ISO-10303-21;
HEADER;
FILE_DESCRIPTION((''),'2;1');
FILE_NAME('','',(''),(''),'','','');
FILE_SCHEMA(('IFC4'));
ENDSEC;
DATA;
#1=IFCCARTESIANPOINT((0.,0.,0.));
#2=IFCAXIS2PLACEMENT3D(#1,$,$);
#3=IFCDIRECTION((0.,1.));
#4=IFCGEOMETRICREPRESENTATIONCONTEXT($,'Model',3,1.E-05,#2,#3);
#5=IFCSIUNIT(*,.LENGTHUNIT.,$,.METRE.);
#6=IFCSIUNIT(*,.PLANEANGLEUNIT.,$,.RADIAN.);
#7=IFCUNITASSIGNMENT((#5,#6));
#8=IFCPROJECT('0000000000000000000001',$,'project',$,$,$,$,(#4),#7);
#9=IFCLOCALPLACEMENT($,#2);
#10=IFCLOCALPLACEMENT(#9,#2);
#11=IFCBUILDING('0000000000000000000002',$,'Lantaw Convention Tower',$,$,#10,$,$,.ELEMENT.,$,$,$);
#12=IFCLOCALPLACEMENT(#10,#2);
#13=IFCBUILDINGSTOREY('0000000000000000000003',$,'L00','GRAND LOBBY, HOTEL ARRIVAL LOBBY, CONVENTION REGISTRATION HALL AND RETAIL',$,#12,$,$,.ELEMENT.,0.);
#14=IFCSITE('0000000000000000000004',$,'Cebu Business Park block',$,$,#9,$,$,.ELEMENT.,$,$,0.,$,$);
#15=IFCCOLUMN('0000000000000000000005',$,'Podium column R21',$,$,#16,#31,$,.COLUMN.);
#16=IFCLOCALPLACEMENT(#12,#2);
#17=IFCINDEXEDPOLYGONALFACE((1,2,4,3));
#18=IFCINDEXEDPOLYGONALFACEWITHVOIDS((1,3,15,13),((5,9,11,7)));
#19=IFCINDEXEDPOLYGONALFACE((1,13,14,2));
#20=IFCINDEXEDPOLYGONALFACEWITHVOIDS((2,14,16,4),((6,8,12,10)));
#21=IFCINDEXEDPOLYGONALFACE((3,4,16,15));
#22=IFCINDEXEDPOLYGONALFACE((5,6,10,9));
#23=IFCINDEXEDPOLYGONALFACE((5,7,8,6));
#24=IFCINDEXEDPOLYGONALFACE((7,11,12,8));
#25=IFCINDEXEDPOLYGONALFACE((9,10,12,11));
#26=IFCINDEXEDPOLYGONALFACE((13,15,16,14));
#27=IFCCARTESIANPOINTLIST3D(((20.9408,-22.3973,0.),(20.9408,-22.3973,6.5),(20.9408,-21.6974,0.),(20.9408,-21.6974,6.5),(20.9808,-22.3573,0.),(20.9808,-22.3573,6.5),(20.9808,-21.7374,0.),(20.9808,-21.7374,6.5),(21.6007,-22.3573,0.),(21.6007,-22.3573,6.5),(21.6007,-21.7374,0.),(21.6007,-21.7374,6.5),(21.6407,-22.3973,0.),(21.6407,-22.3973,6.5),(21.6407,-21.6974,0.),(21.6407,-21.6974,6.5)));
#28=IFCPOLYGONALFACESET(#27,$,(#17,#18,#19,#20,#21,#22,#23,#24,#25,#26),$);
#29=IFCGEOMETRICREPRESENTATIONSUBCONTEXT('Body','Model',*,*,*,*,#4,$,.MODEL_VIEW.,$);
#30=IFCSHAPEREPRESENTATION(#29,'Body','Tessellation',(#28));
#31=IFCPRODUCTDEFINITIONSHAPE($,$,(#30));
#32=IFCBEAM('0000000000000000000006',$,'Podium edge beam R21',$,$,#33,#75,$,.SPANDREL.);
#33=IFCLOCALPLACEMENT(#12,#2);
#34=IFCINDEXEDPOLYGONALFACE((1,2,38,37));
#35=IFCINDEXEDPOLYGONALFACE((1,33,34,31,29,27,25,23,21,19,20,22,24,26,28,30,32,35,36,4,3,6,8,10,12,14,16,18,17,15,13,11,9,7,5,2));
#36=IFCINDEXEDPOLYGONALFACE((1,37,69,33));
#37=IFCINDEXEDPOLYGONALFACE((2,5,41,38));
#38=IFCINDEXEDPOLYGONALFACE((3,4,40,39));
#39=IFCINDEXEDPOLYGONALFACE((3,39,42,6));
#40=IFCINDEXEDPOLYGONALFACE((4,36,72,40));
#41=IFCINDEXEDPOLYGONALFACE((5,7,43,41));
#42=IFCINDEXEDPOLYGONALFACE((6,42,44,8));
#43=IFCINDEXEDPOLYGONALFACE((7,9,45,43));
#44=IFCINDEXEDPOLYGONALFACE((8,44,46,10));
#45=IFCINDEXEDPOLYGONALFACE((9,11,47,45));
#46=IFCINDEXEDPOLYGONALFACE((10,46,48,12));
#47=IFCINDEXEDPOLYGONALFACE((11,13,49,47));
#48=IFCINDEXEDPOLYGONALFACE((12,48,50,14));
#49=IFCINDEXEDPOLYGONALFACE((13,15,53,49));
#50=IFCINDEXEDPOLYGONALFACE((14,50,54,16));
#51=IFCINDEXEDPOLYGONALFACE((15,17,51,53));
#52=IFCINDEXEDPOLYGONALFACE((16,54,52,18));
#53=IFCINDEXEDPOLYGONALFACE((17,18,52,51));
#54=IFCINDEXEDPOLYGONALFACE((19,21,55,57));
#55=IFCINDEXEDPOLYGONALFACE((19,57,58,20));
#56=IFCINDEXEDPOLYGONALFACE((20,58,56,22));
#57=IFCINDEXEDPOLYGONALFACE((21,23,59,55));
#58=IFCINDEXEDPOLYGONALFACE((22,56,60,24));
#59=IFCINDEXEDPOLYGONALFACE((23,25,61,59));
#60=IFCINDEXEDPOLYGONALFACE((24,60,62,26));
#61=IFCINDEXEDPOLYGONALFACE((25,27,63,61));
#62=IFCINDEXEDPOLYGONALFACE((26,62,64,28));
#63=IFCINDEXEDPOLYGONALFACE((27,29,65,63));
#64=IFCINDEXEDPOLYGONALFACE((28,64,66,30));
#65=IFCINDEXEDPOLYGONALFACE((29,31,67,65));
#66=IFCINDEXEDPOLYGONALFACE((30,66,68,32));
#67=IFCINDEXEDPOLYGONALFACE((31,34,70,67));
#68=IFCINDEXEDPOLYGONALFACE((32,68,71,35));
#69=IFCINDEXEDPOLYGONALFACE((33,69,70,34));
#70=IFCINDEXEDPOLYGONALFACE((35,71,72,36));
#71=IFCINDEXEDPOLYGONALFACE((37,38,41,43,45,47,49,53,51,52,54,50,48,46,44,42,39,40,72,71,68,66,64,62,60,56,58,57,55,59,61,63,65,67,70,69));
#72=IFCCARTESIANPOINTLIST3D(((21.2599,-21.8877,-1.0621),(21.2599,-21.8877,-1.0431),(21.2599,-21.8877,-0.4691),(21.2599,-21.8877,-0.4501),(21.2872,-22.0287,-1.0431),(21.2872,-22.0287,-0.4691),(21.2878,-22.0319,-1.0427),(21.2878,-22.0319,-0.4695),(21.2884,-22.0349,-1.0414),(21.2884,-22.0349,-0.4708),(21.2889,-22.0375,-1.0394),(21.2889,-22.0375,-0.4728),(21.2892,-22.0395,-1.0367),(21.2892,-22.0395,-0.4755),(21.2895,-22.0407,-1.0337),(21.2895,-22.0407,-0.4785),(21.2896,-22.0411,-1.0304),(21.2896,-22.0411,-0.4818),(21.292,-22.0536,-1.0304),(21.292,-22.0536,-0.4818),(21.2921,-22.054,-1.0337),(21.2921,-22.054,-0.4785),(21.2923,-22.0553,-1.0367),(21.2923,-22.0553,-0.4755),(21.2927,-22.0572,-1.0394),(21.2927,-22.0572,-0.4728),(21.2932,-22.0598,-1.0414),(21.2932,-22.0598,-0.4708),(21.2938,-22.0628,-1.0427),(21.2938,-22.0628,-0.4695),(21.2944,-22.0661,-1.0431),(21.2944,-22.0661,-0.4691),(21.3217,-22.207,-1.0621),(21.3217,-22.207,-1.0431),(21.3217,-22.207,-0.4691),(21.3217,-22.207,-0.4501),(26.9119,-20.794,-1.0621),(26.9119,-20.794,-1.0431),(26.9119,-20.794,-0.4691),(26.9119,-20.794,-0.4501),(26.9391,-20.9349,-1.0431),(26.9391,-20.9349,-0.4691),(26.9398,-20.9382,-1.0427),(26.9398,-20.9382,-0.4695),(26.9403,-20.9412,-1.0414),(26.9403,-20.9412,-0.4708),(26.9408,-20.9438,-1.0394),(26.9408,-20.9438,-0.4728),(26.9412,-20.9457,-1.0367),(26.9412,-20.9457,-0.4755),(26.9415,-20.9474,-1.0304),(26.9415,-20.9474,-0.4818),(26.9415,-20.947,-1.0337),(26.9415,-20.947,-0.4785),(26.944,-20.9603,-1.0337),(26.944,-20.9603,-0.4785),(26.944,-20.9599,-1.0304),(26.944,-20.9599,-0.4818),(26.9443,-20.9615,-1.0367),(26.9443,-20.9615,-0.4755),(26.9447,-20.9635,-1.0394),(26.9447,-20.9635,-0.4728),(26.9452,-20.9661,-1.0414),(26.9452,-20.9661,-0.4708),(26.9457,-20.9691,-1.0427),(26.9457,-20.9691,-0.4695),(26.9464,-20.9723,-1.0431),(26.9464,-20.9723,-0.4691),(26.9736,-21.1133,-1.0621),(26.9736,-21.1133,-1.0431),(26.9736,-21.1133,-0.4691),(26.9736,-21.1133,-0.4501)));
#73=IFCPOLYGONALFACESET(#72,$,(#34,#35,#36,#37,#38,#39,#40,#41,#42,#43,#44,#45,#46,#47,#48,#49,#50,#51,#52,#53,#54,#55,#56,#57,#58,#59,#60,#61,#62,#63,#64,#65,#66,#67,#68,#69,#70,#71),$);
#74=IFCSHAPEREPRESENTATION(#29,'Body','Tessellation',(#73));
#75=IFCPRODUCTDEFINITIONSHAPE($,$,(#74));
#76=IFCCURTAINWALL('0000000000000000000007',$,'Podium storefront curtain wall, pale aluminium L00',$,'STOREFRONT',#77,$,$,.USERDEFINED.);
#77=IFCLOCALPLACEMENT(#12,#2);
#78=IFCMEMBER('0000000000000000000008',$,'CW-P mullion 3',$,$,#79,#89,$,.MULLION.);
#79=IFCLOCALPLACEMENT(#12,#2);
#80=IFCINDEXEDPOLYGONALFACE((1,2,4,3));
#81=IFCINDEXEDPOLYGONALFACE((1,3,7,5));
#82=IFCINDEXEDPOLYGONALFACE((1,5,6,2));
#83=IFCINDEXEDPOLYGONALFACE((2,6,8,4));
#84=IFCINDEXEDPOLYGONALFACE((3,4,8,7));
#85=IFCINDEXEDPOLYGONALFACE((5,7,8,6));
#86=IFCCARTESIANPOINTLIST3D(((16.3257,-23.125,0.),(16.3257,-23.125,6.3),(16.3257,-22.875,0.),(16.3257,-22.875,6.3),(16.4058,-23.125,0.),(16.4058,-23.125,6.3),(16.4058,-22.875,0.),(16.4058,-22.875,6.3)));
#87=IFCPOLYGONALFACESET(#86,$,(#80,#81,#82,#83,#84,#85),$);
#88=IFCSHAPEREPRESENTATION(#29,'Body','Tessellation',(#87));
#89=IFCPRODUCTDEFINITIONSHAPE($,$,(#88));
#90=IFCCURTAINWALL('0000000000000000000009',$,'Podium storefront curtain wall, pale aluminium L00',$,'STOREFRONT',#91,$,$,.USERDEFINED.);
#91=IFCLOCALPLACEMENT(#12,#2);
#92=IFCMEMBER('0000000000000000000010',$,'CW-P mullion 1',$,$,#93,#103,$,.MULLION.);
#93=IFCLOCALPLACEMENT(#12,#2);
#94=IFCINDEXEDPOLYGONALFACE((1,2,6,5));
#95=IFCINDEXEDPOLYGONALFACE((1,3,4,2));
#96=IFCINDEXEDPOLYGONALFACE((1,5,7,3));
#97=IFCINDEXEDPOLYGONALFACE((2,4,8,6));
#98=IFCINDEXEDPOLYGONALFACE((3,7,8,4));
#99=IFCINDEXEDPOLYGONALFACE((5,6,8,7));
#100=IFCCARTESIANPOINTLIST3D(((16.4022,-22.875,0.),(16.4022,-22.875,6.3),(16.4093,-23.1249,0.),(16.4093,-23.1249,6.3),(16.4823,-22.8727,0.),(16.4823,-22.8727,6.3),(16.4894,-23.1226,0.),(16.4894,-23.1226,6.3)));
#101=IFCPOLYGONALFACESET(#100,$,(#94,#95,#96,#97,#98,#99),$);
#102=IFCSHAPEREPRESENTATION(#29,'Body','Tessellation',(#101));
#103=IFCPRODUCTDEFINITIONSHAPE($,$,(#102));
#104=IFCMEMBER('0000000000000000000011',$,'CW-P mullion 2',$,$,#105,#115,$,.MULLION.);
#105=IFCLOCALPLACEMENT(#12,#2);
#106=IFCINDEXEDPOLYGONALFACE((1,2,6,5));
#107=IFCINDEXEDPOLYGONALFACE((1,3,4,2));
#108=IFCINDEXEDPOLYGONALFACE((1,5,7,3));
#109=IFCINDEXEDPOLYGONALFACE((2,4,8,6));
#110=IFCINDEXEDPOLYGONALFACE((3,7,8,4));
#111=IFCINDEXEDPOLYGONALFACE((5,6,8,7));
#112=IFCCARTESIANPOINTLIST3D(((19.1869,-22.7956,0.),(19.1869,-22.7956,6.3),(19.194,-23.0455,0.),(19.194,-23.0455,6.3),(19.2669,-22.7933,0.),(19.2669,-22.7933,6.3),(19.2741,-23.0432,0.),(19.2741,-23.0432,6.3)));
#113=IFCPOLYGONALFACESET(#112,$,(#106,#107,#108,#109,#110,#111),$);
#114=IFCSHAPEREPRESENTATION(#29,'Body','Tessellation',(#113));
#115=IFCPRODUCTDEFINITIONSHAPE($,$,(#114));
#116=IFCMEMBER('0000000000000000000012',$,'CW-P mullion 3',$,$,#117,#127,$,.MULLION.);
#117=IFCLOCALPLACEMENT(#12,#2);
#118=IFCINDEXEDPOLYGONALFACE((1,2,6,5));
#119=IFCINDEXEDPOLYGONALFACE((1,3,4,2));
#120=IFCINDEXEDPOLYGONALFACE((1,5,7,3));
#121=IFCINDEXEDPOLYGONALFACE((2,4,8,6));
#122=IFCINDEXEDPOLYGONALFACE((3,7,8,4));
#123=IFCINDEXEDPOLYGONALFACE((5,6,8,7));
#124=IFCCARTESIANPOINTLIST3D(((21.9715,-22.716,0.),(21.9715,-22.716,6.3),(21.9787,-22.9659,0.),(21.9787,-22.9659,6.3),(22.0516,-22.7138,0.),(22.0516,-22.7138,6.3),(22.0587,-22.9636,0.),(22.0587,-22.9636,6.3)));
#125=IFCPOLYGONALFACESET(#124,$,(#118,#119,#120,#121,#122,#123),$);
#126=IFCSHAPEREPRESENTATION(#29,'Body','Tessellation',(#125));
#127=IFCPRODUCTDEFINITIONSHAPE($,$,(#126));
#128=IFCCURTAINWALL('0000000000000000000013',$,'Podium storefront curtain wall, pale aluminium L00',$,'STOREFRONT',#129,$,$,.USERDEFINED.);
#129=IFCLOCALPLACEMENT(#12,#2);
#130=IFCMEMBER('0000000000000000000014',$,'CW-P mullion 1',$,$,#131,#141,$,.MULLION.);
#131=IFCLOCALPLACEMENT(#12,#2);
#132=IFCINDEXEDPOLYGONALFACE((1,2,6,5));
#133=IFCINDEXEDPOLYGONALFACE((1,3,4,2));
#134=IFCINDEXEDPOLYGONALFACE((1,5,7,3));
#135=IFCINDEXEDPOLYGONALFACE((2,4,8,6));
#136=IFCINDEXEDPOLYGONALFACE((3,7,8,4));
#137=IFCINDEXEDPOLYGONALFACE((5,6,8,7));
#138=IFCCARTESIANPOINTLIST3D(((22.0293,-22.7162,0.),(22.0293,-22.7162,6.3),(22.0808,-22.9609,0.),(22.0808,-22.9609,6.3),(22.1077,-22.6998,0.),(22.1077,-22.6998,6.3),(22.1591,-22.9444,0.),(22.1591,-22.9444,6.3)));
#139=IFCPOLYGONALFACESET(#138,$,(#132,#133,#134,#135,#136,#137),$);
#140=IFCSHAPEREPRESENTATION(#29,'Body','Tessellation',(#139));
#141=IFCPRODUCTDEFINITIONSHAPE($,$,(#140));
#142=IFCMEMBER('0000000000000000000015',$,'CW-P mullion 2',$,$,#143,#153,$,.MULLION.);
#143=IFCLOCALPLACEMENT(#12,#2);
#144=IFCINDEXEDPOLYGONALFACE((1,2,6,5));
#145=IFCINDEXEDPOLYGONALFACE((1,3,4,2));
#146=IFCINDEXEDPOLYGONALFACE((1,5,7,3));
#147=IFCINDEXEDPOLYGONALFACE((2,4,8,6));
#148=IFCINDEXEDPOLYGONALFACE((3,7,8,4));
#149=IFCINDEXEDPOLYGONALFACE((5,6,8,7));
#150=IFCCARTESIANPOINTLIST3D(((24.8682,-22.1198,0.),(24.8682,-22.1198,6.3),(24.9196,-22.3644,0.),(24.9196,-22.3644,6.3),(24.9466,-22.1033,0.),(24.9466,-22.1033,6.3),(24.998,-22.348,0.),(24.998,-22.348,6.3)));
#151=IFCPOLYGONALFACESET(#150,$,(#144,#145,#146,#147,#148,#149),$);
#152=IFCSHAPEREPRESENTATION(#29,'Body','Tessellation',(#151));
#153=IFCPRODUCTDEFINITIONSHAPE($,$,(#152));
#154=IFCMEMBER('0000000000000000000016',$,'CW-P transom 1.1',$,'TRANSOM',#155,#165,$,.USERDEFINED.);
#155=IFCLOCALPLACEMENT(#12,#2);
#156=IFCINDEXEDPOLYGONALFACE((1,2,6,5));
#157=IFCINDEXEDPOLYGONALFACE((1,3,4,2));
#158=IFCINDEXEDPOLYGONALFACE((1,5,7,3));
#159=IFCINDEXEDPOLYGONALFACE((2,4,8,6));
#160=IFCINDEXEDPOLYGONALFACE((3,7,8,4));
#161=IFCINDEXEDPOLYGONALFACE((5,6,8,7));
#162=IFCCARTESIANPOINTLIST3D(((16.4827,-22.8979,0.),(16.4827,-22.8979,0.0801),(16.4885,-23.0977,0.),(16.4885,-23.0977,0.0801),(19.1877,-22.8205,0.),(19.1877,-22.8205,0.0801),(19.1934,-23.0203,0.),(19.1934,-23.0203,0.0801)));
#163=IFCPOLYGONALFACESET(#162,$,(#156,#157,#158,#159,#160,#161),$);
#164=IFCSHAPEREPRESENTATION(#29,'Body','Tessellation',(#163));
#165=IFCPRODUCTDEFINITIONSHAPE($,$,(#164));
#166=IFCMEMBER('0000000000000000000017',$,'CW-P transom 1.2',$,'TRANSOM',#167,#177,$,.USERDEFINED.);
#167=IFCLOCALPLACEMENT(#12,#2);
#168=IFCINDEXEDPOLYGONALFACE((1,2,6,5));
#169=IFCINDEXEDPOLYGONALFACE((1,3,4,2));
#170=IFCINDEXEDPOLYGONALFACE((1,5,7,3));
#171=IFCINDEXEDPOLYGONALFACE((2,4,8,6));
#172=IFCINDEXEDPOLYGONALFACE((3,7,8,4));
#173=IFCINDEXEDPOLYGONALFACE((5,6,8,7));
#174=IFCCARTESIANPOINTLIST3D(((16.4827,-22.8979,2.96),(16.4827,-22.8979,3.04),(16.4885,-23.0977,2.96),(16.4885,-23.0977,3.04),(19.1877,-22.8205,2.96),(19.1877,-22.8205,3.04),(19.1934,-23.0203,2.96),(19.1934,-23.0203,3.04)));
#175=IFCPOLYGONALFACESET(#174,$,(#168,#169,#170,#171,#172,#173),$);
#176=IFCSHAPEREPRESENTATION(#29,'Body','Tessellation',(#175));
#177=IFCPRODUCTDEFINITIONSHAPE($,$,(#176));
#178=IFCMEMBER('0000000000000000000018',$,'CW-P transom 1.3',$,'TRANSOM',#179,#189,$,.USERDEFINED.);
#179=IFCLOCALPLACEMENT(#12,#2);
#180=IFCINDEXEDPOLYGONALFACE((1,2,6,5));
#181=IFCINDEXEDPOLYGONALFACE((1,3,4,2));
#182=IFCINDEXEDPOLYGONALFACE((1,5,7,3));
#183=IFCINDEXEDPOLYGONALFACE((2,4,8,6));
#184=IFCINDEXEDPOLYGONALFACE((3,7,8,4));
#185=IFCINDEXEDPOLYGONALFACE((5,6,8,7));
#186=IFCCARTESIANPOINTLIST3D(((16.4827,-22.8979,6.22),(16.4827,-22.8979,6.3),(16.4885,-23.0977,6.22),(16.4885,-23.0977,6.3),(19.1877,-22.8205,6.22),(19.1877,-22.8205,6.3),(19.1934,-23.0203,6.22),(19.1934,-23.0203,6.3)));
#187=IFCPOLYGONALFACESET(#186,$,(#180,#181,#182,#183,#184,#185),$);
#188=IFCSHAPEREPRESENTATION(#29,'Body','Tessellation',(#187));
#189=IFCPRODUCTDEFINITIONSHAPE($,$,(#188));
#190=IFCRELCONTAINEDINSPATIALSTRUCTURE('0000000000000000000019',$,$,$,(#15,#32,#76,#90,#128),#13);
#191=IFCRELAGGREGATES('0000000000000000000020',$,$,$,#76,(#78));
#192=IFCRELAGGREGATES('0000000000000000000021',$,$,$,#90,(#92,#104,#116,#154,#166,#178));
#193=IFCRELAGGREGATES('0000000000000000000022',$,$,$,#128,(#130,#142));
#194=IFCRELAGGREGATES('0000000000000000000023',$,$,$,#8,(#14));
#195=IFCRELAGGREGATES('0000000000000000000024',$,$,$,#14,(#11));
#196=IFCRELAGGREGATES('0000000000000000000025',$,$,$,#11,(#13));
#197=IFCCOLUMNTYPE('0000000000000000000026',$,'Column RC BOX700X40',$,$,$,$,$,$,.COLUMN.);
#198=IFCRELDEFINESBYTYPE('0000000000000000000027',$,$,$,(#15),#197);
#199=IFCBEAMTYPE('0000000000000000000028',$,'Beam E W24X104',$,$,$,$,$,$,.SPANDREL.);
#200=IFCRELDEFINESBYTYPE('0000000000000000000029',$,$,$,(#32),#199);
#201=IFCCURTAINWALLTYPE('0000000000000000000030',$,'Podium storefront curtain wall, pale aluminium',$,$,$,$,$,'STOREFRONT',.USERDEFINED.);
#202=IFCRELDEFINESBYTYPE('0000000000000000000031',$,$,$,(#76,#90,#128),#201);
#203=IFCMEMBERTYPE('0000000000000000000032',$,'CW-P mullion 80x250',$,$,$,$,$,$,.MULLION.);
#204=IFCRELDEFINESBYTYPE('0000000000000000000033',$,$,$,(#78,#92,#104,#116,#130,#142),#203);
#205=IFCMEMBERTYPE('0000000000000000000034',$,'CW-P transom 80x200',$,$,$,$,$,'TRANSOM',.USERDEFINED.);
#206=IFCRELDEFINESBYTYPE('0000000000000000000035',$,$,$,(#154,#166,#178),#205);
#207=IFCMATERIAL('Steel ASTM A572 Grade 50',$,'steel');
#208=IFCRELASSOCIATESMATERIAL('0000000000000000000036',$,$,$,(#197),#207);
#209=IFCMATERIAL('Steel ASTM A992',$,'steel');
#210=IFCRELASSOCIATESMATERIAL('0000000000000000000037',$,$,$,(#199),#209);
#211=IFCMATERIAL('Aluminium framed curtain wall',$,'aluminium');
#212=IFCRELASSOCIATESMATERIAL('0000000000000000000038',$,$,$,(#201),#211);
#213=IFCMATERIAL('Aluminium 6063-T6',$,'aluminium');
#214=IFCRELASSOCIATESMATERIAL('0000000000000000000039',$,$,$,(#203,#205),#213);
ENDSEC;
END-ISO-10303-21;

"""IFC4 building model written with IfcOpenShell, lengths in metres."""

from ifc_helpers import new_model, si_unit, direction, frame, origin, origin_2d, place, context, subcontext, project, spatial, rectangle, hollow_rectangle, i_section, extrude, material, material_profile, profile_set, type_object, element, aggregate, save


model = new_model("IFC4")

# Units and contexts
model_context = context("Model", 3, precision=1e-05, world=origin(), true_north=direction((0.0, 1.0)))
body_context = subcontext(model_context, "Body", "Model", "MODEL_VIEW")
ifc_project = project(units=[si_unit("LENGTHUNIT", "METRE"), si_unit("PLANEANGLEUNIT", "RADIAN")], contexts=[model_context])

# Site, building, storey
site_placement = place(None, origin())
site = spatial("IfcSite", under=ifc_project, at=site_placement, Name="Cebu Business Park block", CompositionType="ELEMENT", RefElevation=0.0)
building_placement = place(site_placement, origin())
building = spatial("IfcBuilding", under=site, at=building_placement, Name="Lantaw Convention Tower", CompositionType="ELEMENT")
storey_placement = place(building_placement, origin())
storey = spatial("IfcBuildingStorey", under=building, at=storey_placement, Name="L00", Description="GRAND LOBBY, HOTEL ARRIVAL LOBBY, CONVENTION REGISTRATION HALL AND RETAIL", CompositionType="ELEMENT", Elevation=0.0)

# Column
ifc_material_1 = material(Name="Steel ASTM A572 Grade 50", Category="steel")
ifc_material_profile_1 = material_profile(ifc_material_1, hollow_rectangle(XDim=0.7, YDim=0.7, WallThickness=0.04, at=origin_2d()), Name="BOX700X40")
ifc_profile_set_1 = profile_set([ifc_material_profile_1], Name="Steel ASTM A572 Grade 50")
column_type = type_object("IfcColumnType", Name="Column RC BOX700X40", PredefinedType="COLUMN", material=ifc_profile_set_1)
column_placement = place(storey_placement, frame((21.2908, -22.0474, 0.0), z_axis=(0.0, 0.0, 1.0), x_axis=(1.0, 0.0, 0.0)))
element("IfcColumn", 1, at=column_placement, inside=storey, type_object=column_type, Name="Podium column R21", PredefinedType="COLUMN", context=body_context, shape_type="SweptSolid", body=[
    extrude(hollow_rectangle(XDim=0.7, YDim=0.7, WallThickness=0.04, at=origin_2d()), origin(), (0.0, 0.0, 1.0), 6.5),
])

# Beam
ifc_material_2 = material(Name="Steel ASTM A992", Category="steel")
ifc_material_profile_2 = material_profile(ifc_material_2, i_section(OverallWidth=0.3252, OverallDepth=0.6121, WebThickness=0.0127, FlangeThickness=0.019, FilletRadius=0.0127, at=origin_2d()), Name="W24X104")
ifc_profile_set_2 = profile_set([ifc_material_profile_2], Name="Steel ASTM A992")
beam_type = type_object("IfcBeamType", Name="Beam E W24X104", PredefinedType="SPANDREL", material=ifc_profile_set_2)
beam_placement = place(storey_placement, frame((21.2908, -22.0474, -0.7561), z_axis=(0.981786, 0.189988, 0.0), x_axis=(-0.189988, 0.981786, 0.0)))
element("IfcBeam", 2, at=beam_placement, inside=storey, type_object=beam_type, Name="Podium edge beam R21", PredefinedType="SPANDREL", context=body_context, shape_type="SweptSolid", body=[
    extrude(i_section(OverallWidth=0.3252, OverallDepth=0.6121, WebThickness=0.0127, FlangeThickness=0.019, FilletRadius=0.0127, at=origin_2d()), origin(), (0.0, 0.0, 1.0), 5.7568),
])

# Curtain wall, member
ifc_material_3 = material(Name="Aluminium framed curtain wall", Category="aluminium")
curtain_wall_type = type_object("IfcCurtainWallType", Name="Podium storefront curtain wall, pale aluminium", ElementType="STOREFRONT", PredefinedType="USERDEFINED", material=ifc_material_3)
curtain_wall_1_placement = place(storey_placement, origin())
curtain_wall_1 = element("IfcCurtainWall", 3, at=curtain_wall_1_placement, inside=storey, type_object=curtain_wall_type, Name="Podium storefront curtain wall, pale aluminium L00", ObjectType="STOREFRONT", PredefinedType="USERDEFINED")
ifc_material_4 = material(Name="Aluminium 6063-T6", Category="aluminium")
ifc_material_profile_3 = material_profile(ifc_material_4, rectangle(XDim=0.25, YDim=0.0801, at=origin_2d()), Name="CW-P mullion 80x250")
ifc_profile_set_3 = profile_set([ifc_material_profile_3], Name="Aluminium 6063-T6")
member_type_1 = type_object("IfcMemberType", Name="CW-P mullion 80x250", PredefinedType="MULLION", material=ifc_profile_set_3)
member_1_placement = place(storey_placement, frame((16.3657, -23.0, 0.0), z_axis=(0.0, 0.0, 1.0), x_axis=(0.0, 1.0, 0.0)))
member_1 = element("IfcMember", 4, at=member_1_placement, type_object=member_type_1, Name="CW-P mullion 3", PredefinedType="MULLION", context=body_context, shape_type="SweptSolid", body=[
    extrude(rectangle(XDim=0.25, YDim=0.0801, at=origin_2d()), origin(), (0.0, 0.0, 1.0), 6.3),
])

# Curtain walls, members
curtain_wall_2_placement = place(storey_placement, origin())
curtain_wall_2 = element("IfcCurtainWall", 5, at=curtain_wall_2_placement, inside=storey, type_object=curtain_wall_type, Name="Podium storefront curtain wall, pale aluminium L00", ObjectType="STOREFRONT", PredefinedType="USERDEFINED")
member_2_placement = place(storey_placement, frame((16.4458, -22.9988, 0.0), z_axis=(0.0, 0.0, 1.0), x_axis=(-0.028552, 0.999592, 0.0)))
member_2 = element("IfcMember", 6, at=member_2_placement, type_object=member_type_1, Name="CW-P mullion 1", PredefinedType="MULLION", context=body_context, shape_type="SweptSolid", body=[
    extrude(rectangle(XDim=0.25, YDim=0.0801, at=origin_2d()), origin(), (0.0, 0.0, 1.0), 6.3),
])
member_3_placement = place(storey_placement, frame((19.2305, -22.9194, 0.0), z_axis=(0.0, 0.0, 1.0), x_axis=(-0.028552, 0.999592, 0.0)))
member_3 = element("IfcMember", 7, at=member_3_placement, type_object=member_type_1, Name="CW-P mullion 2", PredefinedType="MULLION", context=body_context, shape_type="SweptSolid", body=[
    extrude(rectangle(XDim=0.25, YDim=0.0801, at=origin_2d()), origin(), (0.0, 0.0, 1.0), 6.3),
])
member_4_placement = place(storey_placement, frame((22.0151, -22.8398, 0.0), z_axis=(0.0, 0.0, 1.0), x_axis=(-0.028552, 0.999592, 0.0)))
member_4 = element("IfcMember", 8, at=member_4_placement, type_object=member_type_1, Name="CW-P mullion 3", PredefinedType="MULLION", context=body_context, shape_type="SweptSolid", body=[
    extrude(rectangle(XDim=0.25, YDim=0.0801, at=origin_2d()), origin(), (0.0, 0.0, 1.0), 6.3),
])
curtain_wall_3_placement = place(storey_placement, origin())
curtain_wall_3 = element("IfcCurtainWall", 9, at=curtain_wall_3_placement, inside=storey, type_object=curtain_wall_type, Name="Podium storefront curtain wall, pale aluminium L00", ObjectType="STOREFRONT", PredefinedType="USERDEFINED")
member_5_placement = place(storey_placement, frame((22.0942, -22.8303, 0.0), z_axis=(0.0, 0.0, 1.0), x_axis=(-0.205652, 0.978625, 0.0)))
member_5 = element("IfcMember", 10, at=member_5_placement, type_object=member_type_1, Name="CW-P mullion 1", PredefinedType="MULLION", context=body_context, shape_type="SweptSolid", body=[
    extrude(rectangle(XDim=0.25, YDim=0.0801, at=origin_2d()), origin(), (0.0, 0.0, 1.0), 6.3),
])
member_6_placement = place(storey_placement, frame((24.9331, -22.2339, 0.0), z_axis=(0.0, 0.0, 1.0), x_axis=(-0.205652, 0.978625, 0.0)))
member_6 = element("IfcMember", 11, at=member_6_placement, type_object=member_type_1, Name="CW-P mullion 2", PredefinedType="MULLION", context=body_context, shape_type="SweptSolid", body=[
    extrude(rectangle(XDim=0.25, YDim=0.0801, at=origin_2d()), origin(), (0.0, 0.0, 1.0), 6.3),
])

# Members
ifc_material_profile_4 = material_profile(ifc_material_4, rectangle(XDim=0.2, YDim=0.0801, at=origin_2d()), Name="CW-P transom 80x200")
ifc_profile_set_4 = profile_set([ifc_material_profile_4], Name="Aluminium 6063-T6")
member_type_2 = type_object("IfcMemberType", Name="CW-P transom 80x200", ElementType="TRANSOM", PredefinedType="USERDEFINED", material=ifc_profile_set_4)
member_7_placement = place(storey_placement, frame((16.4856, -22.9978, 0.04), z_axis=(0.999591, 0.028601, 0.0), x_axis=(-0.028601, 0.999591, 0.0)))
member_7 = element("IfcMember", 12, at=member_7_placement, type_object=member_type_2, Name="CW-P transom 1.1", ObjectType="TRANSOM", PredefinedType="USERDEFINED", context=body_context, shape_type="SweptSolid", body=[
    extrude(rectangle(XDim=0.2, YDim=0.0801, at=origin_2d()), origin(), (0.0, 0.0, 1.0), 2.7061),
])
member_8_placement = place(storey_placement, frame((16.4856, -22.9978, 3.0), z_axis=(0.999591, 0.028601, 0.0), x_axis=(-0.028601, 0.999591, 0.0)))
member_8 = element("IfcMember", 13, at=member_8_placement, type_object=member_type_2, Name="CW-P transom 1.2", ObjectType="TRANSOM", PredefinedType="USERDEFINED", context=body_context, shape_type="SweptSolid", body=[
    extrude(rectangle(XDim=0.2, YDim=0.0801, at=origin_2d()), origin(), (0.0, 0.0, 1.0), 2.7061),
])
member_9_placement = place(storey_placement, frame((16.4856, -22.9978, 6.26), z_axis=(0.999591, 0.028601, 0.0), x_axis=(-0.028601, 0.999591, 0.0)))
member_9 = element("IfcMember", 14, at=member_9_placement, type_object=member_type_2, Name="CW-P transom 1.3", ObjectType="TRANSOM", PredefinedType="USERDEFINED", context=body_context, shape_type="SweptSolid", body=[
    extrude(rectangle(XDim=0.2, YDim=0.0801, at=origin_2d()), origin(), (0.0, 0.0, 1.0), 2.7061),
])

aggregate(curtain_wall_1, [member_1])
aggregate(curtain_wall_2, [member_2, member_3, member_4, member_7, member_8, member_9])
aggregate(curtain_wall_3, [member_5, member_6])

save(model, "model.ifc")
